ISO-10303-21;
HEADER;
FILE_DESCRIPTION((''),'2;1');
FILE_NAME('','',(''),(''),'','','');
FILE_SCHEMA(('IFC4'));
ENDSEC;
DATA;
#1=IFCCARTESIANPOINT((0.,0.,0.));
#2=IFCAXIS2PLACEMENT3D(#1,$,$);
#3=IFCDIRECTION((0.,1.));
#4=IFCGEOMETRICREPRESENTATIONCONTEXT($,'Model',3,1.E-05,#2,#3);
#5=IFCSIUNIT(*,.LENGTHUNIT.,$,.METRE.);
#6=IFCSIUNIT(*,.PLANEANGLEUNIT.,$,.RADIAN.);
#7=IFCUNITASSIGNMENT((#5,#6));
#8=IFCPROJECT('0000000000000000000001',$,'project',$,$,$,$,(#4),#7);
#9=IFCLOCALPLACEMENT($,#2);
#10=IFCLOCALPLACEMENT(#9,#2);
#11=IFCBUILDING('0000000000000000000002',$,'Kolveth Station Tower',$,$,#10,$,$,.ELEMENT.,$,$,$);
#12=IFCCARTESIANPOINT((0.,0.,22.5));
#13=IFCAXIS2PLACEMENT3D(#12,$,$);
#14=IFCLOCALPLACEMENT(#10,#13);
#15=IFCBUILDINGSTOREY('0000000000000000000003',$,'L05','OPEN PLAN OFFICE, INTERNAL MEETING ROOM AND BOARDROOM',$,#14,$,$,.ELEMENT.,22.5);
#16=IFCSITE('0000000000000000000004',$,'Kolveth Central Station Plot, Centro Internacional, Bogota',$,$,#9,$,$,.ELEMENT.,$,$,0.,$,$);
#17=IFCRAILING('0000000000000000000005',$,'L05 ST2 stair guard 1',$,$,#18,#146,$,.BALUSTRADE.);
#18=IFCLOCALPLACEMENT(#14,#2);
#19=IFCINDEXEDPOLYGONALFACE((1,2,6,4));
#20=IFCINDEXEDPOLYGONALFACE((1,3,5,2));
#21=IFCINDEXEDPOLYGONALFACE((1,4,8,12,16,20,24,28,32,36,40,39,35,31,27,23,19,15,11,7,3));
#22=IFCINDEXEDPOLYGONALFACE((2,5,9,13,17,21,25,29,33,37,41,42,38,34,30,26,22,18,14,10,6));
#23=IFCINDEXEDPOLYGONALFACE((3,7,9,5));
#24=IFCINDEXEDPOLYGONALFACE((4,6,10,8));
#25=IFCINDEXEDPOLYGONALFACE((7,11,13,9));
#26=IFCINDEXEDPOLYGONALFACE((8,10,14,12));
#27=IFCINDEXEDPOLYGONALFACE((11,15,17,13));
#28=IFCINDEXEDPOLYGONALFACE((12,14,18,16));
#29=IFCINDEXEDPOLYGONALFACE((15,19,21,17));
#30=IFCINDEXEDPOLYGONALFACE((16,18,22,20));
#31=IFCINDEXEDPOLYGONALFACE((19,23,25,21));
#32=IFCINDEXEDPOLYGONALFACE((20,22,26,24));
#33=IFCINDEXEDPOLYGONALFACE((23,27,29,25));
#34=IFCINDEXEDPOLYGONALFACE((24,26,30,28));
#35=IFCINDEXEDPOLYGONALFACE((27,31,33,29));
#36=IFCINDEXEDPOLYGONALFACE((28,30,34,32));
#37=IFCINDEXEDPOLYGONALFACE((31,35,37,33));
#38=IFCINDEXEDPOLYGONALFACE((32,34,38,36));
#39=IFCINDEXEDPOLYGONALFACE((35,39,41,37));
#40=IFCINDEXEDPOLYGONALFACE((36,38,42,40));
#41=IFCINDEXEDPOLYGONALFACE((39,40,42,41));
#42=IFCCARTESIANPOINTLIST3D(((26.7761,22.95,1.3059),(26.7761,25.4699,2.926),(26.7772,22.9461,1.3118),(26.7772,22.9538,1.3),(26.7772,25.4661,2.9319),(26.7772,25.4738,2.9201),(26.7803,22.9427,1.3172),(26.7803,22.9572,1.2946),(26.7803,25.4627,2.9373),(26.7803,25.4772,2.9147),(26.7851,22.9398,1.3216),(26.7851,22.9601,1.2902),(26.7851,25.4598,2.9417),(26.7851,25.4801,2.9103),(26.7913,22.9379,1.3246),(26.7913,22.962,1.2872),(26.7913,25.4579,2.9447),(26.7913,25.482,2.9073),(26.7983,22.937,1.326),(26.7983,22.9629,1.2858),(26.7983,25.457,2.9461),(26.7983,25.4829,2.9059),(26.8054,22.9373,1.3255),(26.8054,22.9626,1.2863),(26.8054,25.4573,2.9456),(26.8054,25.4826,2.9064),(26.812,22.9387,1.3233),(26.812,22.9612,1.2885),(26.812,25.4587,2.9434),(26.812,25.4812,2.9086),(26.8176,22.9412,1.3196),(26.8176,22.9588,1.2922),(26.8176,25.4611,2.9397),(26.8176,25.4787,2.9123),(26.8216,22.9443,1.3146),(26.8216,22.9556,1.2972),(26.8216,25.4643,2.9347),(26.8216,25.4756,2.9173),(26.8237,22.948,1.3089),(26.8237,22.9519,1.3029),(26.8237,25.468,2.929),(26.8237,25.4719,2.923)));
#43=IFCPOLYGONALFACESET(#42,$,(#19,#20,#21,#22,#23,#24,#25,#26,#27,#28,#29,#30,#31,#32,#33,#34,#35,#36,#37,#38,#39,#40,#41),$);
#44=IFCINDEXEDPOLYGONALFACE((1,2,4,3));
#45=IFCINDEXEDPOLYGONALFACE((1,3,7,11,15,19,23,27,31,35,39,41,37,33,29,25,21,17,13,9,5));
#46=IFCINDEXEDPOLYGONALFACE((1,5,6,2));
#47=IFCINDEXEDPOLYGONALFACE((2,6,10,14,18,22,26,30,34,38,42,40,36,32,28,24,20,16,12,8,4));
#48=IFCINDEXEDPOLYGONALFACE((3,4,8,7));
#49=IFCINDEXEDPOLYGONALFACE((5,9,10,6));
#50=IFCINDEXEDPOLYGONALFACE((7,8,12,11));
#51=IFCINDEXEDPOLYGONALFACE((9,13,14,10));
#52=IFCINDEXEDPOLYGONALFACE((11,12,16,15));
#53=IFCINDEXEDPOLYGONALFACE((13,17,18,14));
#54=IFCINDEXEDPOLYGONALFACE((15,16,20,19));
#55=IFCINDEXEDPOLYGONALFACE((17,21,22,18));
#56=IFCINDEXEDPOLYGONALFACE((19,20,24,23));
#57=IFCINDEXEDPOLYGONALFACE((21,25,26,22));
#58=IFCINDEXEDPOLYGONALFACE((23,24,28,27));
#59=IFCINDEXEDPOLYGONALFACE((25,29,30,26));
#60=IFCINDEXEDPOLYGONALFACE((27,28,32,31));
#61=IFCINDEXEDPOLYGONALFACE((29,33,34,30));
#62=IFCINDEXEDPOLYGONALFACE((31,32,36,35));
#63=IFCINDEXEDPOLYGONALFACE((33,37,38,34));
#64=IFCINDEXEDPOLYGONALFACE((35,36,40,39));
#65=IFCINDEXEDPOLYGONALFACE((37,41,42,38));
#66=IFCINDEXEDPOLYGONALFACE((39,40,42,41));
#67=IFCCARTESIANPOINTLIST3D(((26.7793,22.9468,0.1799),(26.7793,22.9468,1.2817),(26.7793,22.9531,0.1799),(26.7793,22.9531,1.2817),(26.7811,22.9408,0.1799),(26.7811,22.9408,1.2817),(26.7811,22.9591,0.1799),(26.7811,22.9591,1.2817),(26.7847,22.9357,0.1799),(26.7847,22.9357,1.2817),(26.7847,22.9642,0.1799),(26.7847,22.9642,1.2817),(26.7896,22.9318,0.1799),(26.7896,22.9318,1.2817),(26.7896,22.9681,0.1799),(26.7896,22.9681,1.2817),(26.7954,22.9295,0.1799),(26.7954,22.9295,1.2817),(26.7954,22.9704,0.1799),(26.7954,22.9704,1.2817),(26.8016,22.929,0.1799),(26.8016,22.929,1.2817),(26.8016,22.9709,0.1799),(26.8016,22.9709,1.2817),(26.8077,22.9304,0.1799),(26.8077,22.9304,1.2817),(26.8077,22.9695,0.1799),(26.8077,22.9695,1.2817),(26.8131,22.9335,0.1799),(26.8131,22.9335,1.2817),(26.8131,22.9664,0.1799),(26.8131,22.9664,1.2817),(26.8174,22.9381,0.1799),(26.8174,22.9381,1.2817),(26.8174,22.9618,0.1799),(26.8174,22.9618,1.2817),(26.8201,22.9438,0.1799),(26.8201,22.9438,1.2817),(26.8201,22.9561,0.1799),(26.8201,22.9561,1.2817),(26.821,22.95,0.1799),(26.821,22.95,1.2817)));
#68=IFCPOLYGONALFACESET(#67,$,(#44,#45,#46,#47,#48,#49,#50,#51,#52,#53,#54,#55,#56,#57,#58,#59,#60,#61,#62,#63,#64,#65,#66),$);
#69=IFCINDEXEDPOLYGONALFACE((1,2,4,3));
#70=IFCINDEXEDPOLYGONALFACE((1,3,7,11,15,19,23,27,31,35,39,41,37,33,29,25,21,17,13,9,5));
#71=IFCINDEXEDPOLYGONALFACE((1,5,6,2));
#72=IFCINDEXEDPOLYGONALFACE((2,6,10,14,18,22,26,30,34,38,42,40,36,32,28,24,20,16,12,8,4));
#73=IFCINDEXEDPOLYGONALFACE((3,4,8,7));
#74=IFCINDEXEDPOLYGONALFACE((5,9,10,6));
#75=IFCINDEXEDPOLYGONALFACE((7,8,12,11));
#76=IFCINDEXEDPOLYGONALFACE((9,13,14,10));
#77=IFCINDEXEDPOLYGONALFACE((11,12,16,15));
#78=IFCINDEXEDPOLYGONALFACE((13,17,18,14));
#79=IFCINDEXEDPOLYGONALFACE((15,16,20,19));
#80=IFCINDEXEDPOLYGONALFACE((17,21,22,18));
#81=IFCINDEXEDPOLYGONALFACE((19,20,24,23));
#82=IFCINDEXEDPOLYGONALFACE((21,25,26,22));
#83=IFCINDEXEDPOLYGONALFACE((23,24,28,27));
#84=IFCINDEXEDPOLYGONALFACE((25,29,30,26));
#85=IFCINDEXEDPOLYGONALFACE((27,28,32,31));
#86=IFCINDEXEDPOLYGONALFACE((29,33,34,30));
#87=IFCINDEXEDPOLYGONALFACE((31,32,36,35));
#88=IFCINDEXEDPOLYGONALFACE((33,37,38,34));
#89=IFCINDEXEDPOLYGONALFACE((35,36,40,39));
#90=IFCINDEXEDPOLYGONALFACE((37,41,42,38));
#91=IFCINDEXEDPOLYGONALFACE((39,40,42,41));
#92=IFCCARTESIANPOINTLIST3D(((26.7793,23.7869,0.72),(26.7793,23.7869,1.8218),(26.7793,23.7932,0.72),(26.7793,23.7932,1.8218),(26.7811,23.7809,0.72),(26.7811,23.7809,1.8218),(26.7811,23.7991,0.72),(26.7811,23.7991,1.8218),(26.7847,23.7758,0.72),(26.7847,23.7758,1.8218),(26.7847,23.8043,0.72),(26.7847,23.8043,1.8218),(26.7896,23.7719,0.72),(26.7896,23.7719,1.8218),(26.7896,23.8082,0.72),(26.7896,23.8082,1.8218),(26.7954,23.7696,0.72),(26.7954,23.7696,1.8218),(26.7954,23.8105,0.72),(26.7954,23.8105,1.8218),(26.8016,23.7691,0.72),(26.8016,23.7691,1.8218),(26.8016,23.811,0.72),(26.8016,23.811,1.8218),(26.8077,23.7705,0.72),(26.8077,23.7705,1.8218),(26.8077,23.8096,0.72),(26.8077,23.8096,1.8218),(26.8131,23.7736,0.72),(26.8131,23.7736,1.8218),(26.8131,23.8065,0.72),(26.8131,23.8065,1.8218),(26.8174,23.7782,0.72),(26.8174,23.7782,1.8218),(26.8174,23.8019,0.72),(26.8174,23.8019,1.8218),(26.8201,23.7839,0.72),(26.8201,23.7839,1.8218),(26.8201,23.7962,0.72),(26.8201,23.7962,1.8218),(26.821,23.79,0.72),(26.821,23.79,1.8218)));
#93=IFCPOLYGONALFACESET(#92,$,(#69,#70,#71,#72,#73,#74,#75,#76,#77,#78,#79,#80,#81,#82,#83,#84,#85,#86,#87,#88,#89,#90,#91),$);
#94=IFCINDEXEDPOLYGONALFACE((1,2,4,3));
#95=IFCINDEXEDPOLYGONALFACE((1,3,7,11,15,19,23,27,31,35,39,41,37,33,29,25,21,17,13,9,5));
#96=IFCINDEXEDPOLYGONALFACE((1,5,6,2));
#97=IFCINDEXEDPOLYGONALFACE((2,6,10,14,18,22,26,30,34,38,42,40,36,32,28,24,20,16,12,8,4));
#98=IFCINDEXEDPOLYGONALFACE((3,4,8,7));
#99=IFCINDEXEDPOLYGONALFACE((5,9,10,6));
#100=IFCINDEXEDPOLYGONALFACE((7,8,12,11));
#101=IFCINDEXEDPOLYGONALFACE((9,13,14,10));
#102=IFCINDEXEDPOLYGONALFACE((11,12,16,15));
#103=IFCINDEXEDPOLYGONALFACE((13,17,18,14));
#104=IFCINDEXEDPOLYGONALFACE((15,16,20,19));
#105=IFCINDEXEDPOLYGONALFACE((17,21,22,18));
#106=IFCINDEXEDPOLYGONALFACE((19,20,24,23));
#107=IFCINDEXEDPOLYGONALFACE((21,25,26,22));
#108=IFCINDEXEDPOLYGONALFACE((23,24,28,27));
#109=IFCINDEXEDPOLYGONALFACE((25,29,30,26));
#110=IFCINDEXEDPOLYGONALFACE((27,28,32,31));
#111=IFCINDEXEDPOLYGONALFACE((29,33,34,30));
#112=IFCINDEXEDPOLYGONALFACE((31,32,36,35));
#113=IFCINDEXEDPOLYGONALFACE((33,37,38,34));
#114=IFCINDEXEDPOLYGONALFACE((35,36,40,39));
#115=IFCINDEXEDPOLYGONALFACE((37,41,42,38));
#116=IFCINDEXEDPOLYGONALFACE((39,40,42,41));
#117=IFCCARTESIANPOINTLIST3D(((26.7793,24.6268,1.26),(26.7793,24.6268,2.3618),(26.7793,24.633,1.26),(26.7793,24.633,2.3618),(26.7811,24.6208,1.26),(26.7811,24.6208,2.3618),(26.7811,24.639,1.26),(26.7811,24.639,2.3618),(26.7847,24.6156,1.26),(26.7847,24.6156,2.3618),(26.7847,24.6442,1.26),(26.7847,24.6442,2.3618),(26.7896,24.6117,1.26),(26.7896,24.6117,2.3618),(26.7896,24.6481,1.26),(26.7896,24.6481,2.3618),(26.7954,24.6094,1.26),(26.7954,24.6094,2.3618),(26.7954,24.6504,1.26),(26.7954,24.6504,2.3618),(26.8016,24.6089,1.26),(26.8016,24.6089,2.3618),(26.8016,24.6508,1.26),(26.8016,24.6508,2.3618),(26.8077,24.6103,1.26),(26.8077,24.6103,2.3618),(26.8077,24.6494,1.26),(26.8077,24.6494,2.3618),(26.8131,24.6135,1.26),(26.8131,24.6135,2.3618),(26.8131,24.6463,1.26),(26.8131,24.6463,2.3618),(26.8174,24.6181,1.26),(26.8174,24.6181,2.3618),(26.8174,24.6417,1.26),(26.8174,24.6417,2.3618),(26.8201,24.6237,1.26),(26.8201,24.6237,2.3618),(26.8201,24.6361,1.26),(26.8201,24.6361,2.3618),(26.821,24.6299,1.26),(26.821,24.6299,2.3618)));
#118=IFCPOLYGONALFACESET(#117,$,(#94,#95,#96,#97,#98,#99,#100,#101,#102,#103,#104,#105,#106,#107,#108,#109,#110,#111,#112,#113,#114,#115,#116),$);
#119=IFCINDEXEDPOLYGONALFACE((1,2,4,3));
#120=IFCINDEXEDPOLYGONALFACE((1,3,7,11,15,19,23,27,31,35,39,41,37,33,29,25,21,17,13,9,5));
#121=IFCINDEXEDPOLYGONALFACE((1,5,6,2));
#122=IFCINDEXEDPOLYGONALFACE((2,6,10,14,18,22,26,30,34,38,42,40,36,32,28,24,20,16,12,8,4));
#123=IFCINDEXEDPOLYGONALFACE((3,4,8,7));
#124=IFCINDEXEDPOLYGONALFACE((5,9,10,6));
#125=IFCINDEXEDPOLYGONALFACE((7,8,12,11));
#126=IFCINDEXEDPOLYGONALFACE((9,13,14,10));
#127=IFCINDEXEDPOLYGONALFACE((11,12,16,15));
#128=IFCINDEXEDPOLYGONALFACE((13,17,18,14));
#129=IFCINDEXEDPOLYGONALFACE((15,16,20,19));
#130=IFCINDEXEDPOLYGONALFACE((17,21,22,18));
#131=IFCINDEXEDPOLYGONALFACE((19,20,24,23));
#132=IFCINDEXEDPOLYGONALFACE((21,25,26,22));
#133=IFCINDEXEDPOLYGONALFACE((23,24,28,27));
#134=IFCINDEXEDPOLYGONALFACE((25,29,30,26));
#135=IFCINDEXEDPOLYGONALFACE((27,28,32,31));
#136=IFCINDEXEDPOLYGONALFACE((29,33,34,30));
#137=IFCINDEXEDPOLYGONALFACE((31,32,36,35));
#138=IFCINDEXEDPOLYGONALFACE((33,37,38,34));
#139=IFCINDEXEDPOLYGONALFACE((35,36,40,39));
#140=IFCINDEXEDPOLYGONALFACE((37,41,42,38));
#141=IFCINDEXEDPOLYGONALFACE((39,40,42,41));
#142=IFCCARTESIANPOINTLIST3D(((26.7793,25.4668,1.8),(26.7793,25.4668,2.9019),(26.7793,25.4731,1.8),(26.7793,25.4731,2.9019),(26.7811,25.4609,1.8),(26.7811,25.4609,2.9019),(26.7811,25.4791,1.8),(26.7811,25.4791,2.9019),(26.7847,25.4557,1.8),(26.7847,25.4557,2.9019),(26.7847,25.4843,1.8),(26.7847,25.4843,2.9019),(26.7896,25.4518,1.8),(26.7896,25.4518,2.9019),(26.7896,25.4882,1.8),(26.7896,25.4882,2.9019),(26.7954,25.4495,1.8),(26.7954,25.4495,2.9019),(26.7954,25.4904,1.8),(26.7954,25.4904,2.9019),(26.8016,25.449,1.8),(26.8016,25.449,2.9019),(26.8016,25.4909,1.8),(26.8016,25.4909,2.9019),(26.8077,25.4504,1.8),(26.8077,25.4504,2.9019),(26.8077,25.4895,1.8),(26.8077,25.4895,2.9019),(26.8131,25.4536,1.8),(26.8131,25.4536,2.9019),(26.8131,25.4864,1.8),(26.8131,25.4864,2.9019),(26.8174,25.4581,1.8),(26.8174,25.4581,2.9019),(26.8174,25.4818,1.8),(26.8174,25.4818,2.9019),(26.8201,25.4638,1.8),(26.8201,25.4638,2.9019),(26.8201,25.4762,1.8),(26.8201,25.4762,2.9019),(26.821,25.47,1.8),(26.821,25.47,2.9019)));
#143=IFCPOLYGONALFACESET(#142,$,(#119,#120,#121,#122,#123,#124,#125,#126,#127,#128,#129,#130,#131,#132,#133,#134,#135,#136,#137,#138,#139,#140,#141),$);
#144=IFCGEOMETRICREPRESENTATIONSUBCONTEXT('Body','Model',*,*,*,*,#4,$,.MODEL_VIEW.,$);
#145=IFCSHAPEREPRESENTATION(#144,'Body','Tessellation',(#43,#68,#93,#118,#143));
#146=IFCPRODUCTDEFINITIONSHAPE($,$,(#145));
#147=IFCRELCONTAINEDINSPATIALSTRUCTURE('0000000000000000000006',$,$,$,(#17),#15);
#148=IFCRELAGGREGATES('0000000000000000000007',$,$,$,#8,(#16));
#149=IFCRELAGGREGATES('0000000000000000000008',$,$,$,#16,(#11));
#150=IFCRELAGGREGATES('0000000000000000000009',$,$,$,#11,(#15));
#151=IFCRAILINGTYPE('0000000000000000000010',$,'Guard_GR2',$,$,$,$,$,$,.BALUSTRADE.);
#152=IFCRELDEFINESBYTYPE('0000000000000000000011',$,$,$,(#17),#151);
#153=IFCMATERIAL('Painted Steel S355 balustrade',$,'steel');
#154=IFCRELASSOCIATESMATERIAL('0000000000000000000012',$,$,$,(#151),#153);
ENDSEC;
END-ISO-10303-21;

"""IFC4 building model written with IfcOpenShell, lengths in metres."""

from ifc_helpers import new_model, si_unit, direction, frame, origin, origin_2d, place, context, subcontext, project, spatial, circle, extrude, material, type_object, element, save


model = new_model("IFC4")

# Units and contexts
model_context = context("Model", 3, precision=1e-05, world=origin(), true_north=direction((0.0, 1.0)))
body_context = subcontext(model_context, "Body", "Model", "MODEL_VIEW")
ifc_project = project(units=[si_unit("LENGTHUNIT", "METRE"), si_unit("PLANEANGLEUNIT", "RADIAN")], contexts=[model_context])

# Site, building, storey
site_placement = place(None, origin())
site = spatial("IfcSite", under=ifc_project, at=site_placement, Name="Kolveth Central Station Plot, Centro Internacional, Bogota", CompositionType="ELEMENT", RefElevation=0.0)
building_placement = place(site_placement, origin())
building = spatial("IfcBuilding", under=site, at=building_placement, Name="Kolveth Station Tower", CompositionType="ELEMENT")
storey_placement = place(building_placement, frame((0.0, 0.0, 22.5)))
storey = spatial("IfcBuildingStorey", under=building, at=storey_placement, Name="L05", Description="OPEN PLAN OFFICE, INTERNAL MEETING ROOM AND BOARDROOM", CompositionType="ELEMENT", Elevation=22.5)

# Railing
ifc_material_1 = material(Name="Painted Steel S355 balustrade", Category="steel")
railing_type_1 = type_object("IfcRailingType", Name="Guard_GR2", PredefinedType="BALUSTRADE", material=ifc_material_1)
railing_1_placement = place(storey_placement, frame((26.8, 22.95, 0.1799)))
element("IfcRailing", 1, at=railing_1_placement, inside=storey, type_object=railing_type_1, Name="L05 ST2 stair guard 1", PredefinedType="BALUSTRADE", context=body_context, shape_type="SweptSolid", body=[
    extrude(circle(Radius=0.0239, at=origin_2d()), frame((0.0, 0.0, 1.126), z_axis=(0.0, 0.841163, 0.540782), x_axis=(-1.0, 0.0, 0.0)), (0.0, 0.0, 1.0), 2.9958),
    extrude(circle(Radius=0.021, at=origin_2d()), origin(), (0.0, 0.0, 1.0), 1.1018),
    extrude(circle(Radius=0.021, at=origin_2d()), frame((0.0, 0.8401, 0.54)), (0.0, 0.0, 1.0), 1.1018),
    extrude(circle(Radius=0.021, at=origin_2d()), frame((0.0, 1.6799, 1.0801)), (0.0, 0.0, 1.0), 1.1018),
    extrude(circle(Radius=0.021, at=origin_2d()), frame((0.0, 2.52, 1.6201)), (0.0, 0.0, 1.0), 1.1018),
])

save(model, "model.ifc")
